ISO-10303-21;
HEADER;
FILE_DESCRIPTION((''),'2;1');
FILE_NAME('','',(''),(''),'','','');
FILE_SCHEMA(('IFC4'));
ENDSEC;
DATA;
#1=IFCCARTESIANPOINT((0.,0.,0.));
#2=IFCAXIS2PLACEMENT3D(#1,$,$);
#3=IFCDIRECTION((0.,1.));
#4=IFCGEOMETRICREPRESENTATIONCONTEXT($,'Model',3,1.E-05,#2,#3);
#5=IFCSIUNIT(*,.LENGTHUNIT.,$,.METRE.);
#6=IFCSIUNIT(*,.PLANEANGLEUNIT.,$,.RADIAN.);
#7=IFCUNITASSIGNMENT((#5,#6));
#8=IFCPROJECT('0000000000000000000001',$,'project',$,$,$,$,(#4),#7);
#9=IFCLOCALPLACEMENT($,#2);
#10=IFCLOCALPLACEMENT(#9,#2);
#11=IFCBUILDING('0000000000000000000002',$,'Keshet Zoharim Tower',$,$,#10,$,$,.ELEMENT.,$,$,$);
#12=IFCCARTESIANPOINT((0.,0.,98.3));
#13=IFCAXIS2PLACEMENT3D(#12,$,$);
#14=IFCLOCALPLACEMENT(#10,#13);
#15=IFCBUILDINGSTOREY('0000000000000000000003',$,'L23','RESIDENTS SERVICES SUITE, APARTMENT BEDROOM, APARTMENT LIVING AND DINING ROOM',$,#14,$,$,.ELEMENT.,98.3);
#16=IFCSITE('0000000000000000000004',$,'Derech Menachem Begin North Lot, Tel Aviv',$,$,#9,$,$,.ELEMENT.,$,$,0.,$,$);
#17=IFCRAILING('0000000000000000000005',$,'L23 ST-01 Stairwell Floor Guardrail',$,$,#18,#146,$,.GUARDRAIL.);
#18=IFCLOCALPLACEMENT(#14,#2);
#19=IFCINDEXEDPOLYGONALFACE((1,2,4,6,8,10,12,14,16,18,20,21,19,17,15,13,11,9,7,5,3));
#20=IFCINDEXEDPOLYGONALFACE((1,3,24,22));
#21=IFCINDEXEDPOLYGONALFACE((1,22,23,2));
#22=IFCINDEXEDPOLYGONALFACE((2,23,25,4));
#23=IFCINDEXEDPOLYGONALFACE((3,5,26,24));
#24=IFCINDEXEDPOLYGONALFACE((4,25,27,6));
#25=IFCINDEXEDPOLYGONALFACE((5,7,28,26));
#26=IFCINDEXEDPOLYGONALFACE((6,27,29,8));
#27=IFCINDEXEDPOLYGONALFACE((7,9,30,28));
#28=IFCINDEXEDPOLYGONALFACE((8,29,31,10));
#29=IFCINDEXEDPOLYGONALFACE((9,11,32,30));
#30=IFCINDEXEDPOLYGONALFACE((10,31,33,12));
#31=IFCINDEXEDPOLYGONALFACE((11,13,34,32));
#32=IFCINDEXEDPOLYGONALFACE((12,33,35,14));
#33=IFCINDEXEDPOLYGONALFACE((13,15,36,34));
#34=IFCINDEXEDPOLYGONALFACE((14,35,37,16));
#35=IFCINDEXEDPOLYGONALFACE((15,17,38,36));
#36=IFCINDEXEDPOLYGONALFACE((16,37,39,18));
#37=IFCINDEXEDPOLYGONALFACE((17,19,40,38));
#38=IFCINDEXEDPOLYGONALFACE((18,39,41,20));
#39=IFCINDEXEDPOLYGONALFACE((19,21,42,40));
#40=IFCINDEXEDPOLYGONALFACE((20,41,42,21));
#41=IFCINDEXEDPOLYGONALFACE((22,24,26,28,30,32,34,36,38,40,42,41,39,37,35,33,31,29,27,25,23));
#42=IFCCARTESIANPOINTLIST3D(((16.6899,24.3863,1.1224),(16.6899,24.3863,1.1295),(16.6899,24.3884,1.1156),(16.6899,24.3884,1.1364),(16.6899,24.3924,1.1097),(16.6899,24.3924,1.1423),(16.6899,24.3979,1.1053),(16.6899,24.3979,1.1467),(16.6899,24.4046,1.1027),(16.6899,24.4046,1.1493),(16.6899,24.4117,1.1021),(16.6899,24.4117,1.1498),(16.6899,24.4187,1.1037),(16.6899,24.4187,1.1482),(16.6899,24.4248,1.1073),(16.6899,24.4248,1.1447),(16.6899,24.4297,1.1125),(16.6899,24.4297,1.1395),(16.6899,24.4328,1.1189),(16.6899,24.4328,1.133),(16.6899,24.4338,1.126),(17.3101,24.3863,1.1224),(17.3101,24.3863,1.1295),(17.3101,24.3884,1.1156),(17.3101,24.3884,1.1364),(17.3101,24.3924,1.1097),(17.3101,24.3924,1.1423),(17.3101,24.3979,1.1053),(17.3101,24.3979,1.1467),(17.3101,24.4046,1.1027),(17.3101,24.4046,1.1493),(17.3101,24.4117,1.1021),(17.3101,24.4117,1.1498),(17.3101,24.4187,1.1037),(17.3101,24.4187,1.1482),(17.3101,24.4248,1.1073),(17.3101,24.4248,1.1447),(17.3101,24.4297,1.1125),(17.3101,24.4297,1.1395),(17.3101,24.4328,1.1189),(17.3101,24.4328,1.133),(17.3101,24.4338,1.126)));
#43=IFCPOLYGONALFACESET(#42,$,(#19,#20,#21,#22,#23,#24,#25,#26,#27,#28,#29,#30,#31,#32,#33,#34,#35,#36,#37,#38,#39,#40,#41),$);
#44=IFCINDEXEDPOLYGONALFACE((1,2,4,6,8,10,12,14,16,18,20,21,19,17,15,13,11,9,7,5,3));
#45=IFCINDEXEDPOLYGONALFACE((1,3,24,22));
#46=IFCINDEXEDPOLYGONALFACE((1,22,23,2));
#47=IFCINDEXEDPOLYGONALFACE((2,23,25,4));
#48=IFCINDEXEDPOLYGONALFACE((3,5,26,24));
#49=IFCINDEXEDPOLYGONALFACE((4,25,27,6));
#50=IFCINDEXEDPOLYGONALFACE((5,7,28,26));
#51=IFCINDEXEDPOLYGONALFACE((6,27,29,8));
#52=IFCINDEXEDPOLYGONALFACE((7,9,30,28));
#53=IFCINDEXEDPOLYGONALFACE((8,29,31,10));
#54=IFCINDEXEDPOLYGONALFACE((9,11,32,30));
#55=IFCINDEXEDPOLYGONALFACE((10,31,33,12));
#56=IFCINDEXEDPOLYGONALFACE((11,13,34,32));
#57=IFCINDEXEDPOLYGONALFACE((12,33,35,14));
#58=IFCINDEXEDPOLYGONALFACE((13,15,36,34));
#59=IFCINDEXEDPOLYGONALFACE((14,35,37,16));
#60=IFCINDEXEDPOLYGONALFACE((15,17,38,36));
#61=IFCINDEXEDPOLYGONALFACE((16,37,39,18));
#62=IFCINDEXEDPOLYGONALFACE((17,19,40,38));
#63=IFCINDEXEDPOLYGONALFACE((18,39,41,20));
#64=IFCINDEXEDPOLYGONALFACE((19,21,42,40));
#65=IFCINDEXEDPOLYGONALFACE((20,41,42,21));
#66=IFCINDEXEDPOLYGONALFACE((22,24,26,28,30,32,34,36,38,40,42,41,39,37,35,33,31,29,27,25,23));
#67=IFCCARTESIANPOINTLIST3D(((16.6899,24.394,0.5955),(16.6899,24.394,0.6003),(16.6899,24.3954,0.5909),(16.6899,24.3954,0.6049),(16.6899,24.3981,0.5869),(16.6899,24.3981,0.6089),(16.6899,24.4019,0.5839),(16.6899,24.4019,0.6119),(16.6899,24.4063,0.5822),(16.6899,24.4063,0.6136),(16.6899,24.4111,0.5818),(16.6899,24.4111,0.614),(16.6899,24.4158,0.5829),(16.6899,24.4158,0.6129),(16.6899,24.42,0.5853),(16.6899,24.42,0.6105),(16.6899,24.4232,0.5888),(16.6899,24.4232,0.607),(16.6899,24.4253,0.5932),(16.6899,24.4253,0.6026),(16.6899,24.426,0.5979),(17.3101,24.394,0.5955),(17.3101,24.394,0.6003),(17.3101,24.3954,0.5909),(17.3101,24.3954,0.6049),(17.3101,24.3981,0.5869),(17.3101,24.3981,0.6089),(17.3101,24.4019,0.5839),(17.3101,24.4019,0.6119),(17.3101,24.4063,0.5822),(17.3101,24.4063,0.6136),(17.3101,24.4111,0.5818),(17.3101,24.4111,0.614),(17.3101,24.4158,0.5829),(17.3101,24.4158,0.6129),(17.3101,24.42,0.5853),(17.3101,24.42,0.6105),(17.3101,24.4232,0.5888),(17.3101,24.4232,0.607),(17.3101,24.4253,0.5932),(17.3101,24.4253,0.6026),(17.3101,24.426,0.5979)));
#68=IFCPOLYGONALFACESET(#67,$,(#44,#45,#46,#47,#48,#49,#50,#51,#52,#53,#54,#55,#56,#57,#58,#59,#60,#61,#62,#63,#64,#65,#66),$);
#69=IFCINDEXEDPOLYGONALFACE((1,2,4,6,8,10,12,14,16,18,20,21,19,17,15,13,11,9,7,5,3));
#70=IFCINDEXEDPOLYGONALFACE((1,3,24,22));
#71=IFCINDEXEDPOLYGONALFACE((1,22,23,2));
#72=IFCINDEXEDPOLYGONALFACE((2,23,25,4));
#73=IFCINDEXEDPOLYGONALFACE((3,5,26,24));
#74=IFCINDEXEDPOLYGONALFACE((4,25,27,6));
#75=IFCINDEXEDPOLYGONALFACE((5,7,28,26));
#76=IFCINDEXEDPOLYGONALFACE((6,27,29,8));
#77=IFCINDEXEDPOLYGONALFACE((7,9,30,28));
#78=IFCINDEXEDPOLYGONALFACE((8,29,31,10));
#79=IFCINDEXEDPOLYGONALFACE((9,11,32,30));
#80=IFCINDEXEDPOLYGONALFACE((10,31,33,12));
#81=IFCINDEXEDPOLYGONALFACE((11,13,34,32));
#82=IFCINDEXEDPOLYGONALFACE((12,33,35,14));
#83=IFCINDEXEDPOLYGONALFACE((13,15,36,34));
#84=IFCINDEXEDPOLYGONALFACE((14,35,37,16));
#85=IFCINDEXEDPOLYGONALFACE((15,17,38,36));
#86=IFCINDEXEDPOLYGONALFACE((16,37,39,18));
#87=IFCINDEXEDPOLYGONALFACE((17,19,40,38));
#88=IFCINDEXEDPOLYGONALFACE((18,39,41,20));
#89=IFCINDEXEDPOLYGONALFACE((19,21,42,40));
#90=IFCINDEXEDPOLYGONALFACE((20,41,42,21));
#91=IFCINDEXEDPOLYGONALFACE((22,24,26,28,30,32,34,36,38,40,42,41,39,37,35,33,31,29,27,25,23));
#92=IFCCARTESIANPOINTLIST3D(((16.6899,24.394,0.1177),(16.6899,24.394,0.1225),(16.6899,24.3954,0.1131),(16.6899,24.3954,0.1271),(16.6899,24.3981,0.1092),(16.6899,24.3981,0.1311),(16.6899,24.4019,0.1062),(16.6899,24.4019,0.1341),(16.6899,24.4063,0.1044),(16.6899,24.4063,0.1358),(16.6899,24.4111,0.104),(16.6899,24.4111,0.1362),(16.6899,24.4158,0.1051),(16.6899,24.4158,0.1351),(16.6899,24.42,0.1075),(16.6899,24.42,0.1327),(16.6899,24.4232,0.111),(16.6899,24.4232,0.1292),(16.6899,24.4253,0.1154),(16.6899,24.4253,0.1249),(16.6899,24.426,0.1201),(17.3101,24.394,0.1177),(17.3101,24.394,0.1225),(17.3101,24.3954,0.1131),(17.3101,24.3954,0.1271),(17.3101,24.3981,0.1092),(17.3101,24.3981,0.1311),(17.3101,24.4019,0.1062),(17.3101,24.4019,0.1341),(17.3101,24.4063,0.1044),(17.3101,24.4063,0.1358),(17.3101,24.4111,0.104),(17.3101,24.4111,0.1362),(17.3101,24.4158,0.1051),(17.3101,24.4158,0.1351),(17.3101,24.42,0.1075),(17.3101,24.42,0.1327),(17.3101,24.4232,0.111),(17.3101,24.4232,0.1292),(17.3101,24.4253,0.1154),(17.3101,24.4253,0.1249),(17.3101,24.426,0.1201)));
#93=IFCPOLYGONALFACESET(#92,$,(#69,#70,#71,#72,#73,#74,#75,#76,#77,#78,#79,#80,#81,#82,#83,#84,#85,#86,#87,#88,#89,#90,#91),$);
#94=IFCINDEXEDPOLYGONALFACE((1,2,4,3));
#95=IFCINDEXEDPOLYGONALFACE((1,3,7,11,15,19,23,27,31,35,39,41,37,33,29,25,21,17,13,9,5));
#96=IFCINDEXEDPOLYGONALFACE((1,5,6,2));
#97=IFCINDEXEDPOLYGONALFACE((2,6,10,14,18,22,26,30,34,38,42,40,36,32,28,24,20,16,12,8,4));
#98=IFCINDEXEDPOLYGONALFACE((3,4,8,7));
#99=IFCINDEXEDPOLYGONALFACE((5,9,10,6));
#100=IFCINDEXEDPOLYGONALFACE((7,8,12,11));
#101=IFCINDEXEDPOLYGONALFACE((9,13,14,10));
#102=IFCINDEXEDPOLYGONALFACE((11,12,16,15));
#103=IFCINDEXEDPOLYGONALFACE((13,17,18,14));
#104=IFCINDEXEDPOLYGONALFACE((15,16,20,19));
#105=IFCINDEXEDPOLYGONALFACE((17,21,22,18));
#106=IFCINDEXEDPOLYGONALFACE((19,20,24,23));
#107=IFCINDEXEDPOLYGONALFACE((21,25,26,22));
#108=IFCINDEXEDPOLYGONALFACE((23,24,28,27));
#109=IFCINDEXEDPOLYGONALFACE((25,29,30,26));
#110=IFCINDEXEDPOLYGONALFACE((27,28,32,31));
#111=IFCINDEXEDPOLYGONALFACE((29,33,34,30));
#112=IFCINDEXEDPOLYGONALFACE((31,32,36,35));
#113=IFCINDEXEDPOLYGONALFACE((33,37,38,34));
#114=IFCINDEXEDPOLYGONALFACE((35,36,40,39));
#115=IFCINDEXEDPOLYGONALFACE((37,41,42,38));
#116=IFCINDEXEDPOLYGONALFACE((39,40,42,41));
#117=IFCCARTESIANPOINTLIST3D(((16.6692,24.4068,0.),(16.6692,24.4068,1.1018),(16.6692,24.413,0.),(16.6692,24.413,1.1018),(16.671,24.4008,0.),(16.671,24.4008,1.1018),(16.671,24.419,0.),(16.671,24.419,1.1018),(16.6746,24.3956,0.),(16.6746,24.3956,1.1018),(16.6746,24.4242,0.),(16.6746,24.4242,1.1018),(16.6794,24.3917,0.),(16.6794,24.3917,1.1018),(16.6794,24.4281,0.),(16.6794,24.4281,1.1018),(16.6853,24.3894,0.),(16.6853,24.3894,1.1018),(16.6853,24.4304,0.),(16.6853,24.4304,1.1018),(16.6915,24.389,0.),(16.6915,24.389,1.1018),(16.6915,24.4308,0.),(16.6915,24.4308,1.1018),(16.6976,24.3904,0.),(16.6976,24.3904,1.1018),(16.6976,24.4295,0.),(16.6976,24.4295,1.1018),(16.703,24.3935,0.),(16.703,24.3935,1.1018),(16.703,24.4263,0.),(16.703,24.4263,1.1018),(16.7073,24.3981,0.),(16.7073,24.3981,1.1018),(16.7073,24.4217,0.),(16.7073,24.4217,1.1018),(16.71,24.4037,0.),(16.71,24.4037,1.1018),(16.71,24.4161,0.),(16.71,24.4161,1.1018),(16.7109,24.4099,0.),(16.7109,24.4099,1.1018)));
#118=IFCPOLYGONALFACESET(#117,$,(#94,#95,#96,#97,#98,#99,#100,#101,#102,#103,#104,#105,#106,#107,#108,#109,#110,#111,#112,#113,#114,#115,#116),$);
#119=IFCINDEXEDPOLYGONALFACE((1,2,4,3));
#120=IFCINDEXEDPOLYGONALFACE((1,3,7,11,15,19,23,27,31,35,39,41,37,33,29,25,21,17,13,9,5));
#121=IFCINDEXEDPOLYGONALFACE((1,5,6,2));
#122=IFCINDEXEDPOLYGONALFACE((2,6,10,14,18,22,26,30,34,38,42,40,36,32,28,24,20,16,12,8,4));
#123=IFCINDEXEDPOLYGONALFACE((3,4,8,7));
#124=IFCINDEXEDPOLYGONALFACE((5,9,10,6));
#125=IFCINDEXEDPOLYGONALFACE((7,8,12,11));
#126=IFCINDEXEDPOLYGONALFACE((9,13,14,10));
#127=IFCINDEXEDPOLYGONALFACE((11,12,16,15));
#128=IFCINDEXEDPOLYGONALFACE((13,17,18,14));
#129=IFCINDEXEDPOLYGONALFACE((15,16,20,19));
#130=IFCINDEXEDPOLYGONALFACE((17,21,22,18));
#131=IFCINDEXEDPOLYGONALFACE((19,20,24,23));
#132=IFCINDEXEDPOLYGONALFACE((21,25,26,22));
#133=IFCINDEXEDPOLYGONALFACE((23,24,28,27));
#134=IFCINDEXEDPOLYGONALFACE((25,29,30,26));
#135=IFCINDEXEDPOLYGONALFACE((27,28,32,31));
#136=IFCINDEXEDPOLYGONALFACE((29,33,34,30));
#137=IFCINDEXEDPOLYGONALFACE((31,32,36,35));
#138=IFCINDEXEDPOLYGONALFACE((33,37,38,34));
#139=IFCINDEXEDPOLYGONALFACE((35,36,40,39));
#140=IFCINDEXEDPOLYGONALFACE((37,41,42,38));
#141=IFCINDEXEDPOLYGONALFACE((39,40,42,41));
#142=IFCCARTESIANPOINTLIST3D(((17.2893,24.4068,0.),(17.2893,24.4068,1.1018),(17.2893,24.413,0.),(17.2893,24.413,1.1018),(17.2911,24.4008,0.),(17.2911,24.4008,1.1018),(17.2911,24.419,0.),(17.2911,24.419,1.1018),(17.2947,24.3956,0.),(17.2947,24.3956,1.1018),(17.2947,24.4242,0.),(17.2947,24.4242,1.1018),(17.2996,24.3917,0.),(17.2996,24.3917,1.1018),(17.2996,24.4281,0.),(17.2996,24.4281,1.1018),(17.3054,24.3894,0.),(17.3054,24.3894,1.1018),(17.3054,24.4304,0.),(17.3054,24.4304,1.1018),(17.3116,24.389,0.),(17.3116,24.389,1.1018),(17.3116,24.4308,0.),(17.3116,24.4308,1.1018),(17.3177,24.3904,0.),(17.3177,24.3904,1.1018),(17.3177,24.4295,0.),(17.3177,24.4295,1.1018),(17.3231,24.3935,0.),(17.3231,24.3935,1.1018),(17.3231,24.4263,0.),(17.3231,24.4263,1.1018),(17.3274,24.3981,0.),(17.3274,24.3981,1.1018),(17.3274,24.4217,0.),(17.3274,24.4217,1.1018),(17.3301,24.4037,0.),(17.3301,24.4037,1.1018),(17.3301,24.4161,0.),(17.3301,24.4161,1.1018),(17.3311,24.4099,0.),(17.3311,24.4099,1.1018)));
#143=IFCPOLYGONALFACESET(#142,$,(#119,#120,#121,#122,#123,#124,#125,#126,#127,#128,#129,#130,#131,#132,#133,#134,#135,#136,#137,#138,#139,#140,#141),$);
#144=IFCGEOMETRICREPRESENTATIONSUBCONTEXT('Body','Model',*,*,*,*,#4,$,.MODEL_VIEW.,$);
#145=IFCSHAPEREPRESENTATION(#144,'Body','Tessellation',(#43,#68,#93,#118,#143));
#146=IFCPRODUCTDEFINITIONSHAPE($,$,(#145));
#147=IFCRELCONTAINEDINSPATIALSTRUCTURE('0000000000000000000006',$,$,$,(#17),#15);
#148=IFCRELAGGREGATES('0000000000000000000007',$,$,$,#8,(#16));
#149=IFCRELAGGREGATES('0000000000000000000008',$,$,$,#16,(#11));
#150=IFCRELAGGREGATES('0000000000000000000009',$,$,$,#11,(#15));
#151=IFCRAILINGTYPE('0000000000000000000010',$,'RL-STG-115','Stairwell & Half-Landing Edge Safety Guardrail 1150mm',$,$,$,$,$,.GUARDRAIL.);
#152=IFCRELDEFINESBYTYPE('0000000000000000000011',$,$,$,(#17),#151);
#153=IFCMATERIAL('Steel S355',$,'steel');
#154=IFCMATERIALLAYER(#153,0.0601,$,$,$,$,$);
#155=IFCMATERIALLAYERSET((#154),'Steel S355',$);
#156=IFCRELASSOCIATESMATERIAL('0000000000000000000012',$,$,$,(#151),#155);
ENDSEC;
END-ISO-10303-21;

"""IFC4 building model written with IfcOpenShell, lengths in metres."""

from ifc_helpers import new_model, si_unit, direction, frame, origin, origin_2d, place, context, subcontext, project, spatial, circle, extrude, material, layer, layer_set, type_object, element, save


model = new_model("IFC4")

# Units and contexts
model_context = context("Model", 3, precision=1e-05, world=origin(), true_north=direction((0.0, 1.0)))
body_context = subcontext(model_context, "Body", "Model", "MODEL_VIEW")
ifc_project = project(units=[si_unit("LENGTHUNIT", "METRE"), si_unit("PLANEANGLEUNIT", "RADIAN")], contexts=[model_context])

# Site, building, storey
site_placement = place(None, origin())
site = spatial("IfcSite", under=ifc_project, at=site_placement, Name="Derech Menachem Begin North Lot, Tel Aviv", CompositionType="ELEMENT", RefElevation=0.0)
building_placement = place(site_placement, origin())
building = spatial("IfcBuilding", under=site, at=building_placement, Name="Keshet Zoharim Tower", CompositionType="ELEMENT")
storey_placement = place(building_placement, frame((0.0, 0.0, 98.3)))
storey = spatial("IfcBuildingStorey", under=building, at=storey_placement, Name="L23", Description="RESIDENTS SERVICES SUITE, APARTMENT BEDROOM, APARTMENT LIVING AND DINING ROOM", CompositionType="ELEMENT", Elevation=98.3)

# Railing
ifc_material_1 = material(Name="Steel S355", Category="steel")
ifc_layer_1 = layer(ifc_material_1, 0.0601)
ifc_layer_set_1 = layer_set([ifc_layer_1], Name="Steel S355")
railing_type_1 = type_object("IfcRailingType", Name="RL-STG-115", Description="Stairwell & Half-Landing Edge Safety Guardrail 1150mm", PredefinedType="GUARDRAIL", material=ifc_layer_set_1)
railing_1_placement = place(storey_placement, frame((16.6899, 24.4099, 0.0)))
element("IfcRailing", 1, at=railing_1_placement, inside=storey, type_object=railing_type_1, Name="L23 ST-01 Stairwell Floor Guardrail", PredefinedType="GUARDRAIL", context=body_context, shape_type="SweptSolid", body=[
    extrude(circle(Radius=0.0239, at=origin_2d()), frame((0.0, 0.0, 1.126), z_axis=(1.0, 0.0, 0.0), x_axis=(0.0, 1.0, 0.0)), (0.0, 0.0, 1.0), 0.6201),
    extrude(circle(Radius=0.0161, at=origin_2d()), frame((0.0, 0.0, 0.5979), z_axis=(1.0, 0.0, 0.0), x_axis=(0.0, 1.0, 0.0)), (0.0, 0.0, 1.0), 0.6201),
    extrude(circle(Radius=0.0161, at=origin_2d()), frame((0.0, 0.0, 0.1201), z_axis=(1.0, 0.0, 0.0), x_axis=(0.0, 1.0, 0.0)), (0.0, 0.0, 1.0), 0.6201),
    extrude(circle(Radius=0.021, at=origin_2d()), origin(), (0.0, 0.0, 1.0), 1.1018),
    extrude(circle(Radius=0.021, at=origin_2d()), frame((0.6201, 0.0, 0.0)), (0.0, 0.0, 1.0), 1.1018),
])

save(model, "model.ifc")
